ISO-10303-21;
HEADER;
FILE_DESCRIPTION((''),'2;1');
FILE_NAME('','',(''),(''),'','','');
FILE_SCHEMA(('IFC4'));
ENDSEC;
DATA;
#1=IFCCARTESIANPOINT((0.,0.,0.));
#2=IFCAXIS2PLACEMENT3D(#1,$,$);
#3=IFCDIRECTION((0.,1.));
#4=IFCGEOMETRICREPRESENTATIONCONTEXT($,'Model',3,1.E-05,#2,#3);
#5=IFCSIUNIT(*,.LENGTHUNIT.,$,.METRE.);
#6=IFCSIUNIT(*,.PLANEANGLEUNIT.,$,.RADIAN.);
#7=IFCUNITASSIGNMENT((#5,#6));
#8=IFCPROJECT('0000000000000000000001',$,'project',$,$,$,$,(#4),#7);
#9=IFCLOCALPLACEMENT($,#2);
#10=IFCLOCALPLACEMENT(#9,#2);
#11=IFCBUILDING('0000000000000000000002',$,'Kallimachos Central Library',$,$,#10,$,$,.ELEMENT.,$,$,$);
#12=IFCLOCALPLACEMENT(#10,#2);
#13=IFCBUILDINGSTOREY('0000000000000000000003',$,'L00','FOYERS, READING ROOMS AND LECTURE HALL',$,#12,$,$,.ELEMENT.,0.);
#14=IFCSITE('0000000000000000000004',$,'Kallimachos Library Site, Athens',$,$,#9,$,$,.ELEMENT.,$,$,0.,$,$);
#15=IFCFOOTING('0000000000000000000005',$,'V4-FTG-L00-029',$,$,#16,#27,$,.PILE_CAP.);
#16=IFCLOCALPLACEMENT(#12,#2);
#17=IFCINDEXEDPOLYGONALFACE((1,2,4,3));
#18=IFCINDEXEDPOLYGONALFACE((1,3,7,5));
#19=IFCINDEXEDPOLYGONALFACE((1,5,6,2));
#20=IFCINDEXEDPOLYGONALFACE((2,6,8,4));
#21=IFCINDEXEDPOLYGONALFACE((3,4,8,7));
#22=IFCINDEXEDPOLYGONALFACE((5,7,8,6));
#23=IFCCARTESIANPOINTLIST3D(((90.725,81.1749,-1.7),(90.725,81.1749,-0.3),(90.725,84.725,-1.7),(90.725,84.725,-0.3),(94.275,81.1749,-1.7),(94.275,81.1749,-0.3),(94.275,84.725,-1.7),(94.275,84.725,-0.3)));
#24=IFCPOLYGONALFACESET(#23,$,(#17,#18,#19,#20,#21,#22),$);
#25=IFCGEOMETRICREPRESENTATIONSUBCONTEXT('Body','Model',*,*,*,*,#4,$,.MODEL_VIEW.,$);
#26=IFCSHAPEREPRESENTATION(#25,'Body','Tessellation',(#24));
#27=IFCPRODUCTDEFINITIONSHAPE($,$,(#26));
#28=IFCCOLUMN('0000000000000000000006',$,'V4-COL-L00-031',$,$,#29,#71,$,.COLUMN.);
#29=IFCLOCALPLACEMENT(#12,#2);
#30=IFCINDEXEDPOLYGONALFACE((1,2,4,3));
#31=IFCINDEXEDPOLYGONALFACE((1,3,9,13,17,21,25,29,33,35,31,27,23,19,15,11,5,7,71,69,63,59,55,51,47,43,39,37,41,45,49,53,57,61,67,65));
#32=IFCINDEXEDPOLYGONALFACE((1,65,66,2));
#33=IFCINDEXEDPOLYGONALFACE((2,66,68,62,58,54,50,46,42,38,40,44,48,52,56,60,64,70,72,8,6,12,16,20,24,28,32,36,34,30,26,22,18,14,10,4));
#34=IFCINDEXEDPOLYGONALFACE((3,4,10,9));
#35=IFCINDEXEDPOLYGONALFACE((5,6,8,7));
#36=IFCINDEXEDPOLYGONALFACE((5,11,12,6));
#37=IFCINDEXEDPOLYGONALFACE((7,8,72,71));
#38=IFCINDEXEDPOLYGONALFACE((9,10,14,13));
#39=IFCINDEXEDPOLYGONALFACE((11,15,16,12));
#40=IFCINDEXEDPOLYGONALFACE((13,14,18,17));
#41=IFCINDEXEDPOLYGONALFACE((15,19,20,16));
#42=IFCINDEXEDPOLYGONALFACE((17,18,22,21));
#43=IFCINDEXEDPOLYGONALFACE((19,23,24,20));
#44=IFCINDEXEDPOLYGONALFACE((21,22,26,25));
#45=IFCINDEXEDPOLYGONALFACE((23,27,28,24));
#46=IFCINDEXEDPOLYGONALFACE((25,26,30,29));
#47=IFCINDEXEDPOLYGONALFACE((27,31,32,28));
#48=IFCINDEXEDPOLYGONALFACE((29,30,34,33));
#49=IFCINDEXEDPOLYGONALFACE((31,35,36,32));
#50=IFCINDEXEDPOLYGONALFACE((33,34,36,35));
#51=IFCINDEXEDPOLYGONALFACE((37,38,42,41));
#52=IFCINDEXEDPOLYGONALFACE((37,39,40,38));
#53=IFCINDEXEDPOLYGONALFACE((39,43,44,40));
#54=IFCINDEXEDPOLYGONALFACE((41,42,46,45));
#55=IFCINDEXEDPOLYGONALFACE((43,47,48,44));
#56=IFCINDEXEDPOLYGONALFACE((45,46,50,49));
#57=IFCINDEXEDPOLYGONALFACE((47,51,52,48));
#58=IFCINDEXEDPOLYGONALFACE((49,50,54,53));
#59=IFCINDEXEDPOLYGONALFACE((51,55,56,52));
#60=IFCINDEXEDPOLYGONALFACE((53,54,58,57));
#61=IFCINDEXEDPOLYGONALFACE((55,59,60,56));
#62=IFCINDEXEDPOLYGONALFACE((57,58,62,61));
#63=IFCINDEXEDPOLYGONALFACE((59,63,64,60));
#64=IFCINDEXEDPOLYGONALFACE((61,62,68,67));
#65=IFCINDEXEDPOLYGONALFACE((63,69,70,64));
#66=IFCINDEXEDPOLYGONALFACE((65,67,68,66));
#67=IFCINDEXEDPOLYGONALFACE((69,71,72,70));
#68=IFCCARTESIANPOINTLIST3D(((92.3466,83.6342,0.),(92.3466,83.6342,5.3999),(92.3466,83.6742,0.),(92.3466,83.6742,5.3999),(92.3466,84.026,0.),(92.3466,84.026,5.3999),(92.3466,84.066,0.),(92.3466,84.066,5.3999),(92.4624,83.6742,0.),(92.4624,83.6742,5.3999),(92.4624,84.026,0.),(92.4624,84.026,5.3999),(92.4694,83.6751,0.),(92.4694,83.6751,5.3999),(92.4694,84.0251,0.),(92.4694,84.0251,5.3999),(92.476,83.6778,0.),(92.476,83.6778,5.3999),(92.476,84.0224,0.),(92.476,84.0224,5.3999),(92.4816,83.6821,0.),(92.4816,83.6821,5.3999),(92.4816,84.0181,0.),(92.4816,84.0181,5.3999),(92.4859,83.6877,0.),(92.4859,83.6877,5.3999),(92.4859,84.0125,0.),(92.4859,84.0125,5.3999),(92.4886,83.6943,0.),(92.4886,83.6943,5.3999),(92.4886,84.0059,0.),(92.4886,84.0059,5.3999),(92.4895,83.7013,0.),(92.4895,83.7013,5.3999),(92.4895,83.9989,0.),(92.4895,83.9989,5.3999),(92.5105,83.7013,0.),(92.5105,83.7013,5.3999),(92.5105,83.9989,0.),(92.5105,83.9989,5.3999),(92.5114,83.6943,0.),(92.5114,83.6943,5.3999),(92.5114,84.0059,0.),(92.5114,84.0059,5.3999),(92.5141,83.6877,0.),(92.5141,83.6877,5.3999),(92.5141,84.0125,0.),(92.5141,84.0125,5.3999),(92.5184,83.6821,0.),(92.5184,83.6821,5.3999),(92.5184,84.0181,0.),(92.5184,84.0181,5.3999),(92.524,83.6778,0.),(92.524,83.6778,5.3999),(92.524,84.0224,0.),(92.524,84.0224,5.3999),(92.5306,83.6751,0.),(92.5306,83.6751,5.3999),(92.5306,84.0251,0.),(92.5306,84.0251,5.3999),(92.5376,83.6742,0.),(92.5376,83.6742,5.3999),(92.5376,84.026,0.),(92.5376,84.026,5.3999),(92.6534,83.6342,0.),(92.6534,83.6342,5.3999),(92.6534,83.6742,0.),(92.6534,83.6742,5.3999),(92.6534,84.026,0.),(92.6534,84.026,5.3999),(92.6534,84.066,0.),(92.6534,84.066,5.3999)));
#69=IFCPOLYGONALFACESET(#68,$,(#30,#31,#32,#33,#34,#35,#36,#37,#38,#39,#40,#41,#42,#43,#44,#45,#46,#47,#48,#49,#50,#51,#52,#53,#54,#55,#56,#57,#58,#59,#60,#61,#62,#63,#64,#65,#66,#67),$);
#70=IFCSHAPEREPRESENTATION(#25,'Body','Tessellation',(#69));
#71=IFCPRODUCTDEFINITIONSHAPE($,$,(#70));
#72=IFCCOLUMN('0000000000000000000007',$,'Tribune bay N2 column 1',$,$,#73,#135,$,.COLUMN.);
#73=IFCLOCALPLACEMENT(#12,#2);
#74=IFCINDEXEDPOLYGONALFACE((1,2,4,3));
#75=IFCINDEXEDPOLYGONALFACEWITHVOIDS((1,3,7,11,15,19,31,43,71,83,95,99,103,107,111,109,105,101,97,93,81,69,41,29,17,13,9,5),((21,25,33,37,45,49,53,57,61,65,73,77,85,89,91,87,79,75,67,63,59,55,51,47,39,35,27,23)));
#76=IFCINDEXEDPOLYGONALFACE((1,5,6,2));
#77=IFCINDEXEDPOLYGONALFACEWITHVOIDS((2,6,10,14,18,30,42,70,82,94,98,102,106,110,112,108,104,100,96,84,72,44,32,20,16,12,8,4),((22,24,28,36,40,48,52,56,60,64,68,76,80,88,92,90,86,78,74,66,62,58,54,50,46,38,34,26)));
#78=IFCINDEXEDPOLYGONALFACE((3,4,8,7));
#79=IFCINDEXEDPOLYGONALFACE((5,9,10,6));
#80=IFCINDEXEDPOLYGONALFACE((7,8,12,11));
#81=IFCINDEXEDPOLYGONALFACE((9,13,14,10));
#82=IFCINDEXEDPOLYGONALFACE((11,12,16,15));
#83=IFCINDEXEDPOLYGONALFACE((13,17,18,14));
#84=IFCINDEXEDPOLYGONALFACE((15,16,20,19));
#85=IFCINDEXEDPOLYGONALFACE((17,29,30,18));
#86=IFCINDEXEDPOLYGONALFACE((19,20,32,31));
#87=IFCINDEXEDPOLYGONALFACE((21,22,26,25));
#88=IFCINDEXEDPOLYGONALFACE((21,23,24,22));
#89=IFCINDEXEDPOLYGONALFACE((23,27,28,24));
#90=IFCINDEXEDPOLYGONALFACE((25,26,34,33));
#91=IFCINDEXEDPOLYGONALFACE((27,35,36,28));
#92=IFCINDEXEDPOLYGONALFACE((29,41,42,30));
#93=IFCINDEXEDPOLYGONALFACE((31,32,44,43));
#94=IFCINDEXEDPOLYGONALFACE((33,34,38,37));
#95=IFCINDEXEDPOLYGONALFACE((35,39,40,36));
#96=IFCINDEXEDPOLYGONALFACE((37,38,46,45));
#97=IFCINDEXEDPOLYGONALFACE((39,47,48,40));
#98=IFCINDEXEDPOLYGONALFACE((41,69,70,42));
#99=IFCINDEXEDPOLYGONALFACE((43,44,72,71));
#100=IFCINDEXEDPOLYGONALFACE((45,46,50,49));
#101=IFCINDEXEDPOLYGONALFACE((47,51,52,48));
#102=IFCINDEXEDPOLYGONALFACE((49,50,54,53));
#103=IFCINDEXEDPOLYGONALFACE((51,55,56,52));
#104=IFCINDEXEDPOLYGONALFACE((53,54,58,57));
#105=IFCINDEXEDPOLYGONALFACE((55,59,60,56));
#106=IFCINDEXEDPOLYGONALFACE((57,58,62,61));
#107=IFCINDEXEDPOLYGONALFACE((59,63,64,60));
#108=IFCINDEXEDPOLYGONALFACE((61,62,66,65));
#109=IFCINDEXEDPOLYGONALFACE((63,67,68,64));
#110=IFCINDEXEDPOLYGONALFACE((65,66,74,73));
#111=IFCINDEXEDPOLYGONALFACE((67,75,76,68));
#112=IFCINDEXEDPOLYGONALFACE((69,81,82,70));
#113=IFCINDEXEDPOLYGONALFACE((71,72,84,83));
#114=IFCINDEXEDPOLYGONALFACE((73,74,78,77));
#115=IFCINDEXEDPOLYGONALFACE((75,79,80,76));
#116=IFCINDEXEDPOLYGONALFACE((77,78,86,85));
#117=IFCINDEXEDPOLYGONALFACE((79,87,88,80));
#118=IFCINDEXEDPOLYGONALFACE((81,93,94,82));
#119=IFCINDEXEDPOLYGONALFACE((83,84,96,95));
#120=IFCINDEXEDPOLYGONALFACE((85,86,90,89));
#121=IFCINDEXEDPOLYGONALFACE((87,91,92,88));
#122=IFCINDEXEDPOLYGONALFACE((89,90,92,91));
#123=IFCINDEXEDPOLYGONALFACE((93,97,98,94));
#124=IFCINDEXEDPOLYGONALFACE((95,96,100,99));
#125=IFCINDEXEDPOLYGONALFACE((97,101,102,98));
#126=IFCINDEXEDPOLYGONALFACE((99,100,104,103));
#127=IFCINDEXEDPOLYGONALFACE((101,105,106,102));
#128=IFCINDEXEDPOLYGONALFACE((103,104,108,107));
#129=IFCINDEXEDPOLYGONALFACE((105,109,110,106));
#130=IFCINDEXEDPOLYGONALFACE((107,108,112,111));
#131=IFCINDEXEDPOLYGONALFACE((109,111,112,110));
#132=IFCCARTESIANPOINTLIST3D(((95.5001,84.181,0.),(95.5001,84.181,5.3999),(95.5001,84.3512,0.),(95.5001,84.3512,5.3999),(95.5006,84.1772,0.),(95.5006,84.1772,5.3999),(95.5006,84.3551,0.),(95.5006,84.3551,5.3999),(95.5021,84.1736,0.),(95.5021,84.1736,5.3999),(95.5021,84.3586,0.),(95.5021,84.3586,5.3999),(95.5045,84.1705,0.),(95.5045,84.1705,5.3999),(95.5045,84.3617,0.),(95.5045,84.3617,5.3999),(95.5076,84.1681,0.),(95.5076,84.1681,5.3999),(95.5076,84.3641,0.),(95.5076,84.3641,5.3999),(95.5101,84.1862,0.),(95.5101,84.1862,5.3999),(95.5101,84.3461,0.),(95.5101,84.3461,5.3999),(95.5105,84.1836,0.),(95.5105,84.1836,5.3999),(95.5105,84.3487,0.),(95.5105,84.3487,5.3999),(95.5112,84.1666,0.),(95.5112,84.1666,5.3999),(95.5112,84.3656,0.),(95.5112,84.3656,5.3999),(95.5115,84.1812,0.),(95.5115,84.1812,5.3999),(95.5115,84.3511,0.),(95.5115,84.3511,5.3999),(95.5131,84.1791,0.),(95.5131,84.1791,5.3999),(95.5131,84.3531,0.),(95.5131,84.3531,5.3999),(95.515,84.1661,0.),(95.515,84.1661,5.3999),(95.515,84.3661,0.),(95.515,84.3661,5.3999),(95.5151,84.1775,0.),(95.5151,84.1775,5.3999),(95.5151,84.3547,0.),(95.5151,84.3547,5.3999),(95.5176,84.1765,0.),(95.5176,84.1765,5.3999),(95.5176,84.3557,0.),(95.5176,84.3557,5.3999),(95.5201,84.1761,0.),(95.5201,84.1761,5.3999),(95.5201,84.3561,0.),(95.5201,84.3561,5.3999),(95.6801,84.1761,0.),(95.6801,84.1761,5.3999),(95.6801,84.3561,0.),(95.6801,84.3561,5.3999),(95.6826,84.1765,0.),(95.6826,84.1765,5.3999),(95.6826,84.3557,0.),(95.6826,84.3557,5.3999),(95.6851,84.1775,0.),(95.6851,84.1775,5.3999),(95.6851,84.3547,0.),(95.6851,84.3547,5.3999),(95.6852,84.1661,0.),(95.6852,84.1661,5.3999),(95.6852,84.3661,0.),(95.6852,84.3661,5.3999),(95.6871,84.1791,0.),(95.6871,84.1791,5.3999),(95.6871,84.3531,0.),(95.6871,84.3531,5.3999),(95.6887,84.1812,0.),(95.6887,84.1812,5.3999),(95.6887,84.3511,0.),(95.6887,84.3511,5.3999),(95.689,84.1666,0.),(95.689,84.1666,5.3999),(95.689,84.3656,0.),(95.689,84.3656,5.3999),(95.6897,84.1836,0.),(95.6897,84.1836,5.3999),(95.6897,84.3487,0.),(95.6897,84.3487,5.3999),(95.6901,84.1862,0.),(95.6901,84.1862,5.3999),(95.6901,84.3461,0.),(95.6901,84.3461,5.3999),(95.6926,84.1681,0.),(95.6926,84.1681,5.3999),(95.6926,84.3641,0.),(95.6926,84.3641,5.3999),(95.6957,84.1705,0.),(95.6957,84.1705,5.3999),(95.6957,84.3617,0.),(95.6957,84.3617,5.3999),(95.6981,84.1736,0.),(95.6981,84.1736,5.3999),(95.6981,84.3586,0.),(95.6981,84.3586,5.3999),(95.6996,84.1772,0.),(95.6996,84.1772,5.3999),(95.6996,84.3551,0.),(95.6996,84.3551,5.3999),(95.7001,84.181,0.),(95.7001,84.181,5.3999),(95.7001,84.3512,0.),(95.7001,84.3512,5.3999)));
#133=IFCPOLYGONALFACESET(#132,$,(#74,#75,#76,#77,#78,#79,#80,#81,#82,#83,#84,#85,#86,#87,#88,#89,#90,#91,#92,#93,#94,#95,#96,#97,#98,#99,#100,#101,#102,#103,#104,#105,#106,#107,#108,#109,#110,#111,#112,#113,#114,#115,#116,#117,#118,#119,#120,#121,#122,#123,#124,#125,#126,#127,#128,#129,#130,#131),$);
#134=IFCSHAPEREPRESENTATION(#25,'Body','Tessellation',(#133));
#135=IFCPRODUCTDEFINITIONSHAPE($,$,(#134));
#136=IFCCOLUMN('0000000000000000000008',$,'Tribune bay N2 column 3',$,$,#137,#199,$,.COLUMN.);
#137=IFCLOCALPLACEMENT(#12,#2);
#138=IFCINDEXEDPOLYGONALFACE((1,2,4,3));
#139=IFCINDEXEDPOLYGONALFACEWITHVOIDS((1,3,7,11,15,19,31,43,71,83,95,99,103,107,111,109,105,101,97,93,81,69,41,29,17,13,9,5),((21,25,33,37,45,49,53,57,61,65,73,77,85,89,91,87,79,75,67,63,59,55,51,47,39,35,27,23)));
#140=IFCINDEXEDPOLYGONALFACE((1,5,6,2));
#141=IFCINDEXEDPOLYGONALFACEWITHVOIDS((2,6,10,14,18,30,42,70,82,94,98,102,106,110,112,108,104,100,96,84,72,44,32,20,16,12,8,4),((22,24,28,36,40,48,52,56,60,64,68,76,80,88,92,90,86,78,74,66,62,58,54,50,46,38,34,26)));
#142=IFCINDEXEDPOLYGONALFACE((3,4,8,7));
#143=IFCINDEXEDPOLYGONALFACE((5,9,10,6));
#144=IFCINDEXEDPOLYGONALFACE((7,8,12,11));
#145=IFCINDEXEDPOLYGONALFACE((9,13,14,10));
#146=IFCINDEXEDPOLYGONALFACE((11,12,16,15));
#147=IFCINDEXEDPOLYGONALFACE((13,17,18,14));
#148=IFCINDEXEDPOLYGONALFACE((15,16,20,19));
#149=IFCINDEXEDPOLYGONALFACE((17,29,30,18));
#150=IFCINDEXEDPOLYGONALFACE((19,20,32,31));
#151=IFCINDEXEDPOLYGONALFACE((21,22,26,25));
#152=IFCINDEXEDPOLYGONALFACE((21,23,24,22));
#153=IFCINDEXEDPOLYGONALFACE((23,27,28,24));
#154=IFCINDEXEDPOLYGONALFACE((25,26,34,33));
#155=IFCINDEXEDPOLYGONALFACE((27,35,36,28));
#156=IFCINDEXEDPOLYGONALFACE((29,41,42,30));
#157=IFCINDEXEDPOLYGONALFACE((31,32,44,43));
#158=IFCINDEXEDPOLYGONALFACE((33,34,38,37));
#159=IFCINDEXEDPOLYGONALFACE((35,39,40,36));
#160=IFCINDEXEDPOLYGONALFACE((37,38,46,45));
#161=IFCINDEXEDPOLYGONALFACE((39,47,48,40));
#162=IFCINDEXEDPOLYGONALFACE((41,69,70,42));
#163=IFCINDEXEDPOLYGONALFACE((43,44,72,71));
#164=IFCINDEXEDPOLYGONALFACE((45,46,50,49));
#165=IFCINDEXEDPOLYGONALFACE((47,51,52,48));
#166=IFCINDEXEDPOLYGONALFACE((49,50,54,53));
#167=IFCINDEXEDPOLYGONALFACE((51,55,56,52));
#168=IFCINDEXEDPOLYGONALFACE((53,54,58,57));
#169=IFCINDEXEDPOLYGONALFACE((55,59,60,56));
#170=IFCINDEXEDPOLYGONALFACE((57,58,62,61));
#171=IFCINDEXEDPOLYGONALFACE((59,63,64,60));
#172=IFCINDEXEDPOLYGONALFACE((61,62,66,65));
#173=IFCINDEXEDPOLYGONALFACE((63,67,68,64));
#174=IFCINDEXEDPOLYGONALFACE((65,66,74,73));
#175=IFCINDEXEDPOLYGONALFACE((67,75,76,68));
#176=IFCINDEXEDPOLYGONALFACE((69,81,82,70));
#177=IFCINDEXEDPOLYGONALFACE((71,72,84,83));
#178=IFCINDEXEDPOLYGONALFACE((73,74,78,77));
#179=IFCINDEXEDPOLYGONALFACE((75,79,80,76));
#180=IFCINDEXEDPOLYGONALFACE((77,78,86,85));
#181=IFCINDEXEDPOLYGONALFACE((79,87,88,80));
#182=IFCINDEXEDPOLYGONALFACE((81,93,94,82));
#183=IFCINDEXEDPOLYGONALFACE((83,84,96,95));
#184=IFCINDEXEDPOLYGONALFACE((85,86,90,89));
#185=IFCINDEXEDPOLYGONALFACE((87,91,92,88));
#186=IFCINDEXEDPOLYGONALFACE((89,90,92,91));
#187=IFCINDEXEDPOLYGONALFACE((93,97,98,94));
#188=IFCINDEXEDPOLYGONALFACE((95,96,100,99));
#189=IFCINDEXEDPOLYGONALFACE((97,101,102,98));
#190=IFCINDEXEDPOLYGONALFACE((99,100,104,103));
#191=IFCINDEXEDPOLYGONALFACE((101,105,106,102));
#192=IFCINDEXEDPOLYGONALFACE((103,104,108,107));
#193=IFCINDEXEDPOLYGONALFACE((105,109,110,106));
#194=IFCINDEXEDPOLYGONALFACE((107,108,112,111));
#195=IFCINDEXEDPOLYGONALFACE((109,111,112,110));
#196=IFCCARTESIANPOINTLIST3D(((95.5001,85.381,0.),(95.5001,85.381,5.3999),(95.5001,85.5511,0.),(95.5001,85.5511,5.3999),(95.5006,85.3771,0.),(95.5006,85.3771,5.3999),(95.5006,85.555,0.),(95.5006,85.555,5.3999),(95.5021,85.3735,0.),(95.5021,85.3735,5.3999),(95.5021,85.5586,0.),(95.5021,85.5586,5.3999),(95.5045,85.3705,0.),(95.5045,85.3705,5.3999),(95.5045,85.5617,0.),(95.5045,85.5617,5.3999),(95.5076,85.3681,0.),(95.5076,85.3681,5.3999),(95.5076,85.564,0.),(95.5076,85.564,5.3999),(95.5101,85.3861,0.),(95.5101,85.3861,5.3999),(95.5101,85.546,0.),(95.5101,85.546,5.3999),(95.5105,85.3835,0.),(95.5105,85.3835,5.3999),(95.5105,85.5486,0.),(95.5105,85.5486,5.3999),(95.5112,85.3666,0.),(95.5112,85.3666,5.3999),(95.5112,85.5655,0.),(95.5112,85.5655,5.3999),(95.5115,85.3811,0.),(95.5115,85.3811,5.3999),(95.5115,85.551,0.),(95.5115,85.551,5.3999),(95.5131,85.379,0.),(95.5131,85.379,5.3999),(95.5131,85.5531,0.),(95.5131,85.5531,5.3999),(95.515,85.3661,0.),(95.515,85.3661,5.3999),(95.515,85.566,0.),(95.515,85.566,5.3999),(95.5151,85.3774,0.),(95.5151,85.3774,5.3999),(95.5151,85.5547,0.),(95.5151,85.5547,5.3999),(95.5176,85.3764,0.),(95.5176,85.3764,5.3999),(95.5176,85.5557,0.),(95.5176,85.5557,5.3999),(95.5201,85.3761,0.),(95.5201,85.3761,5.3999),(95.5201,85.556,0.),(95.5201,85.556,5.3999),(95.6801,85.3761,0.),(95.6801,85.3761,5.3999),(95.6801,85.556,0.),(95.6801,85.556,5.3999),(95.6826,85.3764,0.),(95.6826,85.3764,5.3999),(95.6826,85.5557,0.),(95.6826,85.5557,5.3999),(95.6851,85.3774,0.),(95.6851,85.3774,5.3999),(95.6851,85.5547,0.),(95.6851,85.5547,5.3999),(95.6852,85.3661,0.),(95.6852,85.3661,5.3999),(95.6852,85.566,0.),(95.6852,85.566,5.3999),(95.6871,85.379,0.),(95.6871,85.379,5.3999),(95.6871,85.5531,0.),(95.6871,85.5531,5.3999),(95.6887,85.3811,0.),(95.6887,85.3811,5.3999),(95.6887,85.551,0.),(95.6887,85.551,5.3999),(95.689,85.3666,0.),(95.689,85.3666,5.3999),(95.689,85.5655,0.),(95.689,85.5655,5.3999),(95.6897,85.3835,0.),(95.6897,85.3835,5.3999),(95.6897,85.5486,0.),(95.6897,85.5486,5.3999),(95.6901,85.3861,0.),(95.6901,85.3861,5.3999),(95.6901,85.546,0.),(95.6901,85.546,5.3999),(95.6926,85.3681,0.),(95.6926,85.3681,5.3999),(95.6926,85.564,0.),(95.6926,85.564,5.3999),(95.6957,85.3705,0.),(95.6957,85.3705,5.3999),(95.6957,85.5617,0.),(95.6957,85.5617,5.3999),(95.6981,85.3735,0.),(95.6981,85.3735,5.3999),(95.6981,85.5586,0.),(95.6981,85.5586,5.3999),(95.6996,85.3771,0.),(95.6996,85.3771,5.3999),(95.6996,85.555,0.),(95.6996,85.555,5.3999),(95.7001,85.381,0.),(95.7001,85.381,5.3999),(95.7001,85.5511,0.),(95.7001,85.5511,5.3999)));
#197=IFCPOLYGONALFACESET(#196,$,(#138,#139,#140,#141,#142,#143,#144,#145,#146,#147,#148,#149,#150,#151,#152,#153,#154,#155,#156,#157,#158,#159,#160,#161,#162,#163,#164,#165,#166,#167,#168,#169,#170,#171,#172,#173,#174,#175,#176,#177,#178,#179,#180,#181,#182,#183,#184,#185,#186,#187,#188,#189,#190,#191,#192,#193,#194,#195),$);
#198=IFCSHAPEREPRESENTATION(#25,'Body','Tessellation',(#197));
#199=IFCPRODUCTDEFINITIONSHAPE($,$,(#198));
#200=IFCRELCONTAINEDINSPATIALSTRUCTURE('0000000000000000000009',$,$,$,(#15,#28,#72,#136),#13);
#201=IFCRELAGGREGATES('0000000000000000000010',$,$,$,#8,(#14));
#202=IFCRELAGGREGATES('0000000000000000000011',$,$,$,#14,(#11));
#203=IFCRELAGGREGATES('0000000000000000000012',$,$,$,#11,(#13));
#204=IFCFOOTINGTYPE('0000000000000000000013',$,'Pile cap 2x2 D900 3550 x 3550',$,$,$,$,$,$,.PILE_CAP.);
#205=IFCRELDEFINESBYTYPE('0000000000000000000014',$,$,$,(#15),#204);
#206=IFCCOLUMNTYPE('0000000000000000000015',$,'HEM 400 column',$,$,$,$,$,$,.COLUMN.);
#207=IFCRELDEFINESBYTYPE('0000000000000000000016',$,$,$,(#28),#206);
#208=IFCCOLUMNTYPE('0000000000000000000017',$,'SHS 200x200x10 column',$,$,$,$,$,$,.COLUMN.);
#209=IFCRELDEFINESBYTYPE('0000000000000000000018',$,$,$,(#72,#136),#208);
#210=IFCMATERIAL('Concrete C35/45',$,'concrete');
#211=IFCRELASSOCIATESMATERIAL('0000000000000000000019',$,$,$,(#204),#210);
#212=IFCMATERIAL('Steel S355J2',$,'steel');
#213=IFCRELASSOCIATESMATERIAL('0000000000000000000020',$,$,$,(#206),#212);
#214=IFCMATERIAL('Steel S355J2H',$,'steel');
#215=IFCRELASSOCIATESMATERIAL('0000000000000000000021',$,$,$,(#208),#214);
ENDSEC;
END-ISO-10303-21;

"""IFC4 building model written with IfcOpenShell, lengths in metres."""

from ifc_helpers import new_model, si_unit, direction, frame, origin, origin_2d, place, context, subcontext, project, spatial, rectangle, hollow_rectangle, i_section, extrude, material, material_profile, profile_set, type_object, element, save


model = new_model("IFC4")

# Units and contexts
model_context = context("Model", 3, precision=1e-05, world=origin(), true_north=direction((0.0, 1.0)))
body_context = subcontext(model_context, "Body", "Model", "MODEL_VIEW")
ifc_project = project(units=[si_unit("LENGTHUNIT", "METRE"), si_unit("PLANEANGLEUNIT", "RADIAN")], contexts=[model_context])

# Site, building, storey
site_placement = place(None, origin())
site = spatial("IfcSite", under=ifc_project, at=site_placement, Name="Kallimachos Library Site, Athens", CompositionType="ELEMENT", RefElevation=0.0)
building_placement = place(site_placement, origin())
building = spatial("IfcBuilding", under=site, at=building_placement, Name="Kallimachos Central Library", CompositionType="ELEMENT")
storey_placement = place(building_placement, origin())
storey = spatial("IfcBuildingStorey", under=building, at=storey_placement, Name="L00", Description="FOYERS, READING ROOMS AND LECTURE HALL", CompositionType="ELEMENT", Elevation=0.0)

# Footing
ifc_material_1 = material(Name="Concrete C35/45", Category="concrete")
footing_type_1 = type_object("IfcFootingType", Name="Pile cap 2x2 D900 3550 x 3550", PredefinedType="PILE_CAP", material=ifc_material_1)
footing_placement = place(storey_placement, frame((92.5, 82.95, -1.7), z_axis=(0.0, 0.0, 1.0), x_axis=(1.0, 0.0, 0.0)))
element("IfcFooting", 1, at=footing_placement, inside=storey, type_object=footing_type_1, Name="V4-FTG-L00-029", PredefinedType="PILE_CAP", context=body_context, shape_type="SweptSolid", body=[
    extrude(rectangle(XDim=3.55, YDim=3.55, at=origin_2d()), origin(), (0.0, 0.0, 1.0), 1.3999),
])

# Columns
ifc_material_2 = material(Name="Steel S355J2", Category="steel")
ifc_material_profile_1 = material_profile(ifc_material_2, i_section(OverallWidth=0.3069, OverallDepth=0.4319, WebThickness=0.021, FlangeThickness=0.04, FilletRadius=0.0271, at=origin_2d()), Name="HEM 400")
ifc_profile_set_1 = profile_set([ifc_material_profile_1], Name="Steel S355J2")
column_type_1 = type_object("IfcColumnType", Name="HEM 400 column", PredefinedType="COLUMN", material=ifc_profile_set_1)
column_placement = place(storey_placement, frame((92.5, 83.8501, 0.0), z_axis=(0.0, 0.0, 1.0), x_axis=(1.0, 0.0, 0.0)))
element("IfcColumn", 2, at=column_placement, inside=storey, type_object=column_type_1, Name="V4-COL-L00-031", PredefinedType="COLUMN", context=body_context, shape_type="SweptSolid", body=[
    extrude(i_section(OverallWidth=0.3069, OverallDepth=0.4319, WebThickness=0.021, FlangeThickness=0.04, FilletRadius=0.0271, at=origin_2d()), origin(), (0.0, 0.0, 1.0), 5.3999),
])
ifc_material_3 = material(Name="Steel S355J2H", Category="steel")
ifc_material_profile_2 = material_profile(ifc_material_3, hollow_rectangle(XDim=0.2, YDim=0.2, WallThickness=0.01, InnerFilletRadius=0.01, OuterFilletRadius=0.0149, at=origin_2d()), Name="SHS 200x200x10")
ifc_profile_set_2 = profile_set([ifc_material_profile_2], Name="Steel S355J2H")
column_type_2 = type_object("IfcColumnType", Name="SHS 200x200x10 column", PredefinedType="COLUMN", material=ifc_profile_set_2)
for number, where, z_axis, x_axis, name in (
    (3, (95.6001, 84.2661, 0.0), (0.0, 0.0, 1.0), (1.0, 0.0, 0.0), "Tribune bay N2 column 1"),
    (4, (95.6001, 85.4661, 0.0), (0.0, 0.0, 1.0), (1.0, 0.0, 0.0), "Tribune bay N2 column 3"),
):
    element("IfcColumn", number, at=place(storey_placement, frame(where, z_axis=z_axis, x_axis=x_axis)), inside=storey, type_object=column_type_2, Name=name, PredefinedType="COLUMN", context=body_context, shape_type="SweptSolid", body=[
        extrude(hollow_rectangle(XDim=0.2, YDim=0.2, WallThickness=0.01, InnerFilletRadius=0.01, OuterFilletRadius=0.0149, at=origin_2d()), origin(), (0.0, 0.0, 1.0), 5.3999),
    ])

save(model, "model.ifc")
